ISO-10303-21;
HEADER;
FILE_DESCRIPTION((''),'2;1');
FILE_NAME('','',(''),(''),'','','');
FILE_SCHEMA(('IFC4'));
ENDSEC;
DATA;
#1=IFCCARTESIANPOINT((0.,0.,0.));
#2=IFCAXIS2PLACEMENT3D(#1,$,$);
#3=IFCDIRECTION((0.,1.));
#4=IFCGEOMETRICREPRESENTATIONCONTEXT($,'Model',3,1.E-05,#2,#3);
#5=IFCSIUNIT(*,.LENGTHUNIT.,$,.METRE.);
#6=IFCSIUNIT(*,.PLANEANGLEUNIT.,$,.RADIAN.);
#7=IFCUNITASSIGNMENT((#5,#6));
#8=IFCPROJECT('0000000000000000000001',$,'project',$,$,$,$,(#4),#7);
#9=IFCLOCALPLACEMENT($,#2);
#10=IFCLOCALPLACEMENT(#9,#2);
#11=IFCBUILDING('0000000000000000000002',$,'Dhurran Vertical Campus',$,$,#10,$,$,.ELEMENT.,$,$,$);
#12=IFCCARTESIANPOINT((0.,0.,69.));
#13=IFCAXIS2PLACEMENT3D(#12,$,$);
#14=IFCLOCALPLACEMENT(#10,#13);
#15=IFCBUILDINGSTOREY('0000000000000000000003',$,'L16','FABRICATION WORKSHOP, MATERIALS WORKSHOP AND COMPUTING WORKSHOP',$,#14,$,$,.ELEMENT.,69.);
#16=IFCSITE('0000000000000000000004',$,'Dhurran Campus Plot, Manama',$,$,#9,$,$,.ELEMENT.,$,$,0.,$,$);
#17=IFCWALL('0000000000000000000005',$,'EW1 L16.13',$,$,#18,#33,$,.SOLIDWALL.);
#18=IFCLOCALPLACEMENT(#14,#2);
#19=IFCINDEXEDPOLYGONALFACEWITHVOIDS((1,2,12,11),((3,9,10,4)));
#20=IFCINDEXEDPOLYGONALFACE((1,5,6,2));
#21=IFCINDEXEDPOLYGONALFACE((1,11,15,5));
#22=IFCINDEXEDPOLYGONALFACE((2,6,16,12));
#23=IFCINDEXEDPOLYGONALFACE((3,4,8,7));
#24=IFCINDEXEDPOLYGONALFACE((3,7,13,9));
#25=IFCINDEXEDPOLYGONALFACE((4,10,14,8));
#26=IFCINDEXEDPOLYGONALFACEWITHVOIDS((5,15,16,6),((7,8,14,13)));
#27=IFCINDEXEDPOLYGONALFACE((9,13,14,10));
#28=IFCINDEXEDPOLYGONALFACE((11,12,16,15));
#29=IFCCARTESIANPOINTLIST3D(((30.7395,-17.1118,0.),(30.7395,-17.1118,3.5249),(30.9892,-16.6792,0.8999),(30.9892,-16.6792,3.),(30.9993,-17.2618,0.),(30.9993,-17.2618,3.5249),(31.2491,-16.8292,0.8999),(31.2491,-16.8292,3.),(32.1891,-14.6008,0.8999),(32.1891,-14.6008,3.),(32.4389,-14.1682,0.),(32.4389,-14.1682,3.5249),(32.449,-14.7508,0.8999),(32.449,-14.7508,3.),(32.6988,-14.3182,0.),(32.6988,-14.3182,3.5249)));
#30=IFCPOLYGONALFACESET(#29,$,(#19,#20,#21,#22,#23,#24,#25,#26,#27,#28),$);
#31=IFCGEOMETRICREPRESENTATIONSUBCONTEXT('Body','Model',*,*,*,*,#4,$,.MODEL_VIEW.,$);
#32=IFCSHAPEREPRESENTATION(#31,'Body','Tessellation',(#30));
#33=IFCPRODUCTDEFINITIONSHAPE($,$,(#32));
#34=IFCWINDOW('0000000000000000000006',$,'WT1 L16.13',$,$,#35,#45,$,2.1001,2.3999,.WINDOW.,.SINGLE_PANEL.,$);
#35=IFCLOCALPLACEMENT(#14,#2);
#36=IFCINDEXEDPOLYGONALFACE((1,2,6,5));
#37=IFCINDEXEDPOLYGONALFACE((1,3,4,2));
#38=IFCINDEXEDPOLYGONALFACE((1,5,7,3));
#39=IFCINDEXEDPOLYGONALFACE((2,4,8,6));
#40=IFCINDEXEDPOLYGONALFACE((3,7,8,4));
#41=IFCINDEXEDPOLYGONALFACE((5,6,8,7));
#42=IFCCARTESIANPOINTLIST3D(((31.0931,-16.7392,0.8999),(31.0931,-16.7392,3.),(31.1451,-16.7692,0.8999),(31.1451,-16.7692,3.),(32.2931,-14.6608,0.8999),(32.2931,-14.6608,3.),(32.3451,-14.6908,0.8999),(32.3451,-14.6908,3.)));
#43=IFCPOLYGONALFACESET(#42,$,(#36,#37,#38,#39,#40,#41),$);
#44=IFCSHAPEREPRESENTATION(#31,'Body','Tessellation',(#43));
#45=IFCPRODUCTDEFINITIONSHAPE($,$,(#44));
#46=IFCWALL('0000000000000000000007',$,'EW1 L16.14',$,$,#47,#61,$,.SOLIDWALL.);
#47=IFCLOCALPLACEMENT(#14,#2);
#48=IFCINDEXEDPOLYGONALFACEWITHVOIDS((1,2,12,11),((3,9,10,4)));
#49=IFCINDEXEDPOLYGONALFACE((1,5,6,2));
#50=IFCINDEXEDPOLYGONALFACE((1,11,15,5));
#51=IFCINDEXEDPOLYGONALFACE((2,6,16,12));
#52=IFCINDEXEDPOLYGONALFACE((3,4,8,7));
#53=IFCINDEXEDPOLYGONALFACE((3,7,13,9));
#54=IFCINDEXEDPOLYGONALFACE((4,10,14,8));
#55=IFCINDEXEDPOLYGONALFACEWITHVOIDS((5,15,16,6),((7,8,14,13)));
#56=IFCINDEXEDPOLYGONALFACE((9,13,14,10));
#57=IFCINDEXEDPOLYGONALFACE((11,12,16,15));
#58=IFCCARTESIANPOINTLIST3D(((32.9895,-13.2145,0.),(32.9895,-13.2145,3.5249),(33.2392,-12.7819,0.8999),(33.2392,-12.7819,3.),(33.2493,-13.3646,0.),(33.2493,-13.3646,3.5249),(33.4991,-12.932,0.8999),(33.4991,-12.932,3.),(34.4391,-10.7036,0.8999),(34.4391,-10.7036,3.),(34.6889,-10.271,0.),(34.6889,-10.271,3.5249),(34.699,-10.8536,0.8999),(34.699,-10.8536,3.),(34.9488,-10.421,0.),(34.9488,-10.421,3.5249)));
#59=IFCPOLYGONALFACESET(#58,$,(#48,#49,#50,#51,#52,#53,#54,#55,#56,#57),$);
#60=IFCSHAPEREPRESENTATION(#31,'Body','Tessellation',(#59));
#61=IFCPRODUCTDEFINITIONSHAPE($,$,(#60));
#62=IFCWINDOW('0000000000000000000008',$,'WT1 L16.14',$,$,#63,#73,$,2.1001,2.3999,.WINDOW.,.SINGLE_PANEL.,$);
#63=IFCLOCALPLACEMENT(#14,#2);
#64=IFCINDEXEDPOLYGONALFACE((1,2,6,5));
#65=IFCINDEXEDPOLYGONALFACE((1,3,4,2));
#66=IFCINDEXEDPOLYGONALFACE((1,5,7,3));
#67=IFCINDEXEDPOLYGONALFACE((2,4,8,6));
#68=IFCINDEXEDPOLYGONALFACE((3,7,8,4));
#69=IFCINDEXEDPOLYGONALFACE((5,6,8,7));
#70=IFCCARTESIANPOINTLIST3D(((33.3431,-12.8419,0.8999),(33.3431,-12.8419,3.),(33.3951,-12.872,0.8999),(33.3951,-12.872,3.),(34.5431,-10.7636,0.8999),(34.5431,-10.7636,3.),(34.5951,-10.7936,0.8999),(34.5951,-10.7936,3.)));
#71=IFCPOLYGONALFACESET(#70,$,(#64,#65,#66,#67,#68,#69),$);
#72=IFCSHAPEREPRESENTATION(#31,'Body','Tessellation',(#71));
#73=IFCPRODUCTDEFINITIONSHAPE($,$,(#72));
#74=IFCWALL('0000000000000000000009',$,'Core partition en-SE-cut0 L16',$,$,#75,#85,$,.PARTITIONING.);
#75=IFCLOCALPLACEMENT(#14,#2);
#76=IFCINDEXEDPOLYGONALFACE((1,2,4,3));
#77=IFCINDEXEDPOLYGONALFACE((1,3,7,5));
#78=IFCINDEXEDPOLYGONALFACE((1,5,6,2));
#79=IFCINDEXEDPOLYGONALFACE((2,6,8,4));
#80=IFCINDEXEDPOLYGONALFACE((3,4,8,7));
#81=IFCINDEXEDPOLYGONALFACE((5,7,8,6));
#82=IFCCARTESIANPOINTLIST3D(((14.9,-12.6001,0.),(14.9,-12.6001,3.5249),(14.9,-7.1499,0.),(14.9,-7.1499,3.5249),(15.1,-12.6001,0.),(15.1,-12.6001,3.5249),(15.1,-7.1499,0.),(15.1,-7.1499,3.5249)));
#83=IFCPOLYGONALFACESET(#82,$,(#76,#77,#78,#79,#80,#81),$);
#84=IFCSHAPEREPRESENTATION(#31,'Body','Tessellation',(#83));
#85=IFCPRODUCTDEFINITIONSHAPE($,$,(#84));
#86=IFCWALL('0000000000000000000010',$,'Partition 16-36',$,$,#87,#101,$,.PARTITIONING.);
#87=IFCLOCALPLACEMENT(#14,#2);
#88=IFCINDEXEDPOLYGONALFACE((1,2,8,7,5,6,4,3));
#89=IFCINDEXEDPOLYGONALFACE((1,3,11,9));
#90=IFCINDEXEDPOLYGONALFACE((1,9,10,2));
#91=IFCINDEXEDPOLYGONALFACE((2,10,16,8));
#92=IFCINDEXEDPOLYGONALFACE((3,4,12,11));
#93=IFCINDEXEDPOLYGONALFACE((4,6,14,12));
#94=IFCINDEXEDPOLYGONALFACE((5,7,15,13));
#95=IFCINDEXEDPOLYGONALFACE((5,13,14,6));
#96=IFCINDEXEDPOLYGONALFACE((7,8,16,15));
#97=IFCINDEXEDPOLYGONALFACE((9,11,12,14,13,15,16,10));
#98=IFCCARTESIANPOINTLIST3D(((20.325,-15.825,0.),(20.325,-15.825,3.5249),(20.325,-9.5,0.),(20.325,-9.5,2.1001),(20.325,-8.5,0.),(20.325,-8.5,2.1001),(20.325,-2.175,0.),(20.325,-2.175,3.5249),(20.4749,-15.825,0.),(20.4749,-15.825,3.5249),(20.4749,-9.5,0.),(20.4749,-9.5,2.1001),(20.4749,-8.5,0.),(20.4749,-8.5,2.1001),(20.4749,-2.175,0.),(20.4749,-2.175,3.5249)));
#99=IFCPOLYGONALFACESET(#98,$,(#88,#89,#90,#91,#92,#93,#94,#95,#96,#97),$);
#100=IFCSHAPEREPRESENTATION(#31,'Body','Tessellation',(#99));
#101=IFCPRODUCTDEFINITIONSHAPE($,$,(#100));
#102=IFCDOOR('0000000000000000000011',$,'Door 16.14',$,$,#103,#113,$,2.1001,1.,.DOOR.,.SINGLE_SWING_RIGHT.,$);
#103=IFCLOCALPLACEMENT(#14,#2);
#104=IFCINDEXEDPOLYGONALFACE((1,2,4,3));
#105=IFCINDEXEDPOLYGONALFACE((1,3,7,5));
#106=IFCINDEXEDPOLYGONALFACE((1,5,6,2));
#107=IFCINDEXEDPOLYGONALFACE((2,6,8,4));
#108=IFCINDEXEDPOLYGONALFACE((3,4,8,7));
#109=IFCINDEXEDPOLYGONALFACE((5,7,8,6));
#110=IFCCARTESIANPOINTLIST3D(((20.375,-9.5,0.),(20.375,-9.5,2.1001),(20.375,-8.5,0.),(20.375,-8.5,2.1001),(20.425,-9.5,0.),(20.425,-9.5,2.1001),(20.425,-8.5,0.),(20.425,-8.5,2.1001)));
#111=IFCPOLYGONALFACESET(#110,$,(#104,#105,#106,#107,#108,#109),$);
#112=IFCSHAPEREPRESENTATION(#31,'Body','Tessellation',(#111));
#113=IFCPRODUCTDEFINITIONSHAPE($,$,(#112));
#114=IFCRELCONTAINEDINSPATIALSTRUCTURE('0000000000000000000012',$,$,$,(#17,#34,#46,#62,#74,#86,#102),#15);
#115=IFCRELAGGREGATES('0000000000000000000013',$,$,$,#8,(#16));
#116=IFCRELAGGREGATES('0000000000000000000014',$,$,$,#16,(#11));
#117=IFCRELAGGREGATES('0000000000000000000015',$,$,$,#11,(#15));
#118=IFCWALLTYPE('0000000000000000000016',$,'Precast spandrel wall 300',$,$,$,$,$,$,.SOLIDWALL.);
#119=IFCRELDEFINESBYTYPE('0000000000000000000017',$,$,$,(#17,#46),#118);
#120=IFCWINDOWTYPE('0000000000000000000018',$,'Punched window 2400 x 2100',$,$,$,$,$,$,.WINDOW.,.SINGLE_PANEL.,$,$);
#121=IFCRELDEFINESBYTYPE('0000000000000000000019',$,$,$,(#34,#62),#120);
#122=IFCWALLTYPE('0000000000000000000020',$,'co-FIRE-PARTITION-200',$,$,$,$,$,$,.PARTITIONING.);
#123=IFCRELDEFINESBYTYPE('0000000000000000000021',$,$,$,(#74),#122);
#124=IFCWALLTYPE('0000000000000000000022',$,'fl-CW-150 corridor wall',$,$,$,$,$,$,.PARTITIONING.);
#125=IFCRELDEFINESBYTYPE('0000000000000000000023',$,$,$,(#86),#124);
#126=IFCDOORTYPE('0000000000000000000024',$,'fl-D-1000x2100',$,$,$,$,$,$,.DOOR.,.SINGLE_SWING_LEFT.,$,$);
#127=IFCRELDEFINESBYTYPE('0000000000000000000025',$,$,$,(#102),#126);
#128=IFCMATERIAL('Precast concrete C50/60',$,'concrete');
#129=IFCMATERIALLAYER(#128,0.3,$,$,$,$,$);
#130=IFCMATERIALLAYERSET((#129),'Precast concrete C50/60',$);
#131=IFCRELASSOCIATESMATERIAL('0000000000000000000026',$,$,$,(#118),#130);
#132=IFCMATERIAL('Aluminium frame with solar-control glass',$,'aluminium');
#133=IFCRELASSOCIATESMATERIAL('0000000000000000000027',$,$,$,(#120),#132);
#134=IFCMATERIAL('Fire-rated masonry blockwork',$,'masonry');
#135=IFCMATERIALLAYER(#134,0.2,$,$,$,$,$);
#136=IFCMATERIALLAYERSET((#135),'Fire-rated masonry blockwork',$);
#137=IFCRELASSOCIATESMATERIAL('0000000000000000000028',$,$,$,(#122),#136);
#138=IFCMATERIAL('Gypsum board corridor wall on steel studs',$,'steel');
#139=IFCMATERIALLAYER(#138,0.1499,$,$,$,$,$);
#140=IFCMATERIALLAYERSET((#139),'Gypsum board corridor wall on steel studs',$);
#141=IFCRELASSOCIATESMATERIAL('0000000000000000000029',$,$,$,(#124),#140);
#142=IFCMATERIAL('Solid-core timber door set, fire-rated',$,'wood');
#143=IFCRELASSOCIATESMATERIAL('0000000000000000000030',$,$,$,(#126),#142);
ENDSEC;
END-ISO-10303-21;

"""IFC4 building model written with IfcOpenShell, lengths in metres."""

from ifc_helpers import new_model, si_unit, direction, frame, frame_2d, origin, place, context, subcontext, project, spatial, rectangle, extrude, material, layer, layer_set, type_object, element, fill, save


model = new_model("IFC4")

# Units and contexts
model_context = context("Model", 3, precision=1e-05, world=origin(), true_north=direction((0.0, 1.0)))
body_context = subcontext(model_context, "Body", "Model", "MODEL_VIEW")
ifc_project = project(units=[si_unit("LENGTHUNIT", "METRE"), si_unit("PLANEANGLEUNIT", "RADIAN")], contexts=[model_context])

# Site, building, storey
site_placement = place(None, origin())
site = spatial("IfcSite", under=ifc_project, at=site_placement, Name="Dhurran Campus Plot, Manama", CompositionType="ELEMENT", RefElevation=0.0)
building_placement = place(site_placement, origin())
building = spatial("IfcBuilding", under=site, at=building_placement, Name="Dhurran Vertical Campus", CompositionType="ELEMENT")
storey_placement = place(building_placement, frame((0.0, 0.0, 69.0)))
storey = spatial("IfcBuildingStorey", under=building, at=storey_placement, Name="L16", Description="FABRICATION WORKSHOP, MATERIALS WORKSHOP AND COMPUTING WORKSHOP", CompositionType="ELEMENT", Elevation=69.0)

# Walls, openings, windows
ifc_material_1 = material(Name="Precast concrete C50/60", Category="concrete")
ifc_layer_1 = layer(ifc_material_1, 0.3)
ifc_layer_set_1 = layer_set([ifc_layer_1], Name="Precast concrete C50/60")
wall_type_1 = type_object("IfcWallType", Name="Precast spandrel wall 300", PredefinedType="SOLIDWALL", material=ifc_layer_set_1)
ifc_material_2 = material(Name="Aluminium frame with solar-control glass", Category="aluminium")
window_type = type_object("IfcWindowType", Name="Punched window 2400 x 2100", PartitioningType="SINGLE_PANEL", PredefinedType="WINDOW", material=ifc_material_2)
wall_1_placement = place(storey_placement, frame((30.8694, -17.1868, 0.0), z_axis=(0.0, 0.0, 1.0), x_axis=(0.499994, 0.866029, 0.0)))
wall_1 = element("IfcWall", 1, at=wall_1_placement, inside=storey, type_object=wall_type_1, Name="EW1 L16.13", PredefinedType="SOLIDWALL", context=body_context, shape_type="SweptSolid", body=[
    extrude(rectangle(XDim=3.3989, YDim=0.3, at=frame_2d((1.6995, 0.0))), origin(), (0.0, 0.0, 1.0), 3.5249),
])
opening_1_placement = place(wall_1_placement, frame((0.4995, 0.0, 0.8999)))
opening_1 = element("IfcOpeningElement", 2, at=opening_1_placement, cuts=wall_1, PredefinedType="OPENING", context=body_context, shape_type="SweptSolid", body=[
    extrude(rectangle(XDim=2.3999, YDim=2.1001, at=frame_2d((1.2, 1.05))), frame((0.0, 0.1599, 0.0), z_axis=(0.0, -1.0, 0.0), x_axis=(1.0, 0.0, 0.0)), (0.0, 0.0, 1.0), 0.3201),
])
window_1_placement = place(opening_1_placement, origin())
window_1 = element("IfcWindow", 3, at=window_1_placement, inside=storey, type_object=window_type, Name="WT1 L16.13", OverallHeight=2.1001, OverallWidth=2.3999, PartitioningType="SINGLE_PANEL", PredefinedType="WINDOW", context=body_context, shape_type="SweptSolid", body=[
    extrude(rectangle(XDim=2.3999, YDim=2.1001, at=frame_2d((1.2, 1.05))), frame((0.0, 0.03, 0.0), z_axis=(0.0, -1.0, 0.0), x_axis=(1.0, 0.0, 0.0)), (0.0, 0.0, 1.0), 0.0601),
])
fill(opening_1, window_1)
wall_2_placement = place(storey_placement, frame((33.1194, -13.2896, 0.0), z_axis=(0.0, 0.0, 1.0), x_axis=(0.499994, 0.866029, 0.0)))
wall_2 = element("IfcWall", 4, at=wall_2_placement, inside=storey, type_object=wall_type_1, Name="EW1 L16.14", PredefinedType="SOLIDWALL", context=body_context, shape_type="SweptSolid", body=[
    extrude(rectangle(XDim=3.3989, YDim=0.3, at=frame_2d((1.6995, 0.0))), origin(), (0.0, 0.0, 1.0), 3.5249),
])
opening_2_placement = place(wall_2_placement, frame((0.4995, 0.0, 0.8999)))
opening_2 = element("IfcOpeningElement", 5, at=opening_2_placement, cuts=wall_2, PredefinedType="OPENING", context=body_context, shape_type="SweptSolid", body=[
    extrude(rectangle(XDim=2.3999, YDim=2.1001, at=frame_2d((1.2, 1.05))), frame((0.0, 0.1599, 0.0), z_axis=(0.0, -1.0, 0.0), x_axis=(1.0, 0.0, 0.0)), (0.0, 0.0, 1.0), 0.3201),
])
window_2_placement = place(opening_2_placement, origin())
window_2 = element("IfcWindow", 6, at=window_2_placement, inside=storey, type_object=window_type, Name="WT1 L16.14", OverallHeight=2.1001, OverallWidth=2.3999, PartitioningType="SINGLE_PANEL", PredefinedType="WINDOW", context=body_context, shape_type="SweptSolid", body=[
    extrude(rectangle(XDim=2.3999, YDim=2.1001, at=frame_2d((1.2, 1.05))), frame((0.0, 0.03, 0.0), z_axis=(0.0, -1.0, 0.0), x_axis=(1.0, 0.0, 0.0)), (0.0, 0.0, 1.0), 0.0601),
])
fill(opening_2, window_2)

# Wall
ifc_material_3 = material(Name="Fire-rated masonry blockwork", Category="masonry")
ifc_layer_2 = layer(ifc_material_3, 0.2)
ifc_layer_set_2 = layer_set([ifc_layer_2], Name="Fire-rated masonry blockwork")
wall_type_2 = type_object("IfcWallType", Name="co-FIRE-PARTITION-200", PredefinedType="PARTITIONING", material=ifc_layer_set_2)
wall_3_placement = place(storey_placement, frame((15.0, -12.6001, 0.0), z_axis=(0.0, 0.0, 1.0), x_axis=(0.0, 1.0, 0.0)))
element("IfcWall", 7, at=wall_3_placement, inside=storey, type_object=wall_type_2, Name="Core partition en-SE-cut0 L16", PredefinedType="PARTITIONING", context=body_context, shape_type="SweptSolid", body=[
    extrude(rectangle(XDim=5.4502, YDim=0.2, at=frame_2d((2.7251, 0.0))), origin(), (0.0, 0.0, 1.0), 3.5249),
])

# Wall, opening, door
ifc_material_4 = material(Name="Gypsum board corridor wall on steel studs", Category="steel")
ifc_layer_3 = layer(ifc_material_4, 0.1499)
ifc_layer_set_3 = layer_set([ifc_layer_3], Name="Gypsum board corridor wall on steel studs")
wall_type_3 = type_object("IfcWallType", Name="fl-CW-150 corridor wall", PredefinedType="PARTITIONING", material=ifc_layer_set_3)
wall_4_placement = place(storey_placement, frame((20.3999, -15.825, 0.0), z_axis=(0.0, 0.0, 1.0), x_axis=(0.0, 1.0, 0.0)))
wall_4 = element("IfcWall", 8, at=wall_4_placement, inside=storey, type_object=wall_type_3, Name="Partition 16-36", PredefinedType="PARTITIONING", context=body_context, shape_type="SweptSolid", body=[
    extrude(rectangle(XDim=13.6499, YDim=0.1499, at=frame_2d((6.825, 0.0))), origin(), (0.0, 0.0, 1.0), 3.5249),
])
opening_3_placement = place(wall_4_placement, frame((6.325, 0.0, 0.0)))
opening_3 = element("IfcOpeningElement", 9, at=opening_3_placement, cuts=wall_4, PredefinedType="OPENING", context=body_context, shape_type="SweptSolid", body=[
    extrude(rectangle(XDim=1.0, YDim=2.1001, at=frame_2d((0.5, 1.05))), frame((0.0, 0.085, 0.0), z_axis=(0.0, -1.0, 0.0), x_axis=(1.0, 0.0, 0.0)), (0.0, 0.0, 1.0), 0.1699),
])
ifc_material_5 = material(Name="Solid-core timber door set, fire-rated", Category="wood")
door_type = type_object("IfcDoorType", Name="fl-D-1000x2100", OperationType="SINGLE_SWING_LEFT", PredefinedType="DOOR", material=ifc_material_5)
door_placement = place(opening_3_placement, origin())
door = element("IfcDoor", 10, at=door_placement, inside=storey, type_object=door_type, Name="Door 16.14", OperationType="SINGLE_SWING_RIGHT", OverallHeight=2.1001, OverallWidth=1.0, PredefinedType="DOOR", context=body_context, shape_type="SweptSolid", body=[
    extrude(rectangle(XDim=1.0, YDim=2.1001, at=frame_2d((0.5, 1.05))), frame((0.0, 0.0249, 0.0), z_axis=(0.0, -1.0, 0.0), x_axis=(1.0, 0.0, 0.0)), (0.0, 0.0, 1.0), 0.05),
])
fill(opening_3, door)

save(model, "model.ifc")
